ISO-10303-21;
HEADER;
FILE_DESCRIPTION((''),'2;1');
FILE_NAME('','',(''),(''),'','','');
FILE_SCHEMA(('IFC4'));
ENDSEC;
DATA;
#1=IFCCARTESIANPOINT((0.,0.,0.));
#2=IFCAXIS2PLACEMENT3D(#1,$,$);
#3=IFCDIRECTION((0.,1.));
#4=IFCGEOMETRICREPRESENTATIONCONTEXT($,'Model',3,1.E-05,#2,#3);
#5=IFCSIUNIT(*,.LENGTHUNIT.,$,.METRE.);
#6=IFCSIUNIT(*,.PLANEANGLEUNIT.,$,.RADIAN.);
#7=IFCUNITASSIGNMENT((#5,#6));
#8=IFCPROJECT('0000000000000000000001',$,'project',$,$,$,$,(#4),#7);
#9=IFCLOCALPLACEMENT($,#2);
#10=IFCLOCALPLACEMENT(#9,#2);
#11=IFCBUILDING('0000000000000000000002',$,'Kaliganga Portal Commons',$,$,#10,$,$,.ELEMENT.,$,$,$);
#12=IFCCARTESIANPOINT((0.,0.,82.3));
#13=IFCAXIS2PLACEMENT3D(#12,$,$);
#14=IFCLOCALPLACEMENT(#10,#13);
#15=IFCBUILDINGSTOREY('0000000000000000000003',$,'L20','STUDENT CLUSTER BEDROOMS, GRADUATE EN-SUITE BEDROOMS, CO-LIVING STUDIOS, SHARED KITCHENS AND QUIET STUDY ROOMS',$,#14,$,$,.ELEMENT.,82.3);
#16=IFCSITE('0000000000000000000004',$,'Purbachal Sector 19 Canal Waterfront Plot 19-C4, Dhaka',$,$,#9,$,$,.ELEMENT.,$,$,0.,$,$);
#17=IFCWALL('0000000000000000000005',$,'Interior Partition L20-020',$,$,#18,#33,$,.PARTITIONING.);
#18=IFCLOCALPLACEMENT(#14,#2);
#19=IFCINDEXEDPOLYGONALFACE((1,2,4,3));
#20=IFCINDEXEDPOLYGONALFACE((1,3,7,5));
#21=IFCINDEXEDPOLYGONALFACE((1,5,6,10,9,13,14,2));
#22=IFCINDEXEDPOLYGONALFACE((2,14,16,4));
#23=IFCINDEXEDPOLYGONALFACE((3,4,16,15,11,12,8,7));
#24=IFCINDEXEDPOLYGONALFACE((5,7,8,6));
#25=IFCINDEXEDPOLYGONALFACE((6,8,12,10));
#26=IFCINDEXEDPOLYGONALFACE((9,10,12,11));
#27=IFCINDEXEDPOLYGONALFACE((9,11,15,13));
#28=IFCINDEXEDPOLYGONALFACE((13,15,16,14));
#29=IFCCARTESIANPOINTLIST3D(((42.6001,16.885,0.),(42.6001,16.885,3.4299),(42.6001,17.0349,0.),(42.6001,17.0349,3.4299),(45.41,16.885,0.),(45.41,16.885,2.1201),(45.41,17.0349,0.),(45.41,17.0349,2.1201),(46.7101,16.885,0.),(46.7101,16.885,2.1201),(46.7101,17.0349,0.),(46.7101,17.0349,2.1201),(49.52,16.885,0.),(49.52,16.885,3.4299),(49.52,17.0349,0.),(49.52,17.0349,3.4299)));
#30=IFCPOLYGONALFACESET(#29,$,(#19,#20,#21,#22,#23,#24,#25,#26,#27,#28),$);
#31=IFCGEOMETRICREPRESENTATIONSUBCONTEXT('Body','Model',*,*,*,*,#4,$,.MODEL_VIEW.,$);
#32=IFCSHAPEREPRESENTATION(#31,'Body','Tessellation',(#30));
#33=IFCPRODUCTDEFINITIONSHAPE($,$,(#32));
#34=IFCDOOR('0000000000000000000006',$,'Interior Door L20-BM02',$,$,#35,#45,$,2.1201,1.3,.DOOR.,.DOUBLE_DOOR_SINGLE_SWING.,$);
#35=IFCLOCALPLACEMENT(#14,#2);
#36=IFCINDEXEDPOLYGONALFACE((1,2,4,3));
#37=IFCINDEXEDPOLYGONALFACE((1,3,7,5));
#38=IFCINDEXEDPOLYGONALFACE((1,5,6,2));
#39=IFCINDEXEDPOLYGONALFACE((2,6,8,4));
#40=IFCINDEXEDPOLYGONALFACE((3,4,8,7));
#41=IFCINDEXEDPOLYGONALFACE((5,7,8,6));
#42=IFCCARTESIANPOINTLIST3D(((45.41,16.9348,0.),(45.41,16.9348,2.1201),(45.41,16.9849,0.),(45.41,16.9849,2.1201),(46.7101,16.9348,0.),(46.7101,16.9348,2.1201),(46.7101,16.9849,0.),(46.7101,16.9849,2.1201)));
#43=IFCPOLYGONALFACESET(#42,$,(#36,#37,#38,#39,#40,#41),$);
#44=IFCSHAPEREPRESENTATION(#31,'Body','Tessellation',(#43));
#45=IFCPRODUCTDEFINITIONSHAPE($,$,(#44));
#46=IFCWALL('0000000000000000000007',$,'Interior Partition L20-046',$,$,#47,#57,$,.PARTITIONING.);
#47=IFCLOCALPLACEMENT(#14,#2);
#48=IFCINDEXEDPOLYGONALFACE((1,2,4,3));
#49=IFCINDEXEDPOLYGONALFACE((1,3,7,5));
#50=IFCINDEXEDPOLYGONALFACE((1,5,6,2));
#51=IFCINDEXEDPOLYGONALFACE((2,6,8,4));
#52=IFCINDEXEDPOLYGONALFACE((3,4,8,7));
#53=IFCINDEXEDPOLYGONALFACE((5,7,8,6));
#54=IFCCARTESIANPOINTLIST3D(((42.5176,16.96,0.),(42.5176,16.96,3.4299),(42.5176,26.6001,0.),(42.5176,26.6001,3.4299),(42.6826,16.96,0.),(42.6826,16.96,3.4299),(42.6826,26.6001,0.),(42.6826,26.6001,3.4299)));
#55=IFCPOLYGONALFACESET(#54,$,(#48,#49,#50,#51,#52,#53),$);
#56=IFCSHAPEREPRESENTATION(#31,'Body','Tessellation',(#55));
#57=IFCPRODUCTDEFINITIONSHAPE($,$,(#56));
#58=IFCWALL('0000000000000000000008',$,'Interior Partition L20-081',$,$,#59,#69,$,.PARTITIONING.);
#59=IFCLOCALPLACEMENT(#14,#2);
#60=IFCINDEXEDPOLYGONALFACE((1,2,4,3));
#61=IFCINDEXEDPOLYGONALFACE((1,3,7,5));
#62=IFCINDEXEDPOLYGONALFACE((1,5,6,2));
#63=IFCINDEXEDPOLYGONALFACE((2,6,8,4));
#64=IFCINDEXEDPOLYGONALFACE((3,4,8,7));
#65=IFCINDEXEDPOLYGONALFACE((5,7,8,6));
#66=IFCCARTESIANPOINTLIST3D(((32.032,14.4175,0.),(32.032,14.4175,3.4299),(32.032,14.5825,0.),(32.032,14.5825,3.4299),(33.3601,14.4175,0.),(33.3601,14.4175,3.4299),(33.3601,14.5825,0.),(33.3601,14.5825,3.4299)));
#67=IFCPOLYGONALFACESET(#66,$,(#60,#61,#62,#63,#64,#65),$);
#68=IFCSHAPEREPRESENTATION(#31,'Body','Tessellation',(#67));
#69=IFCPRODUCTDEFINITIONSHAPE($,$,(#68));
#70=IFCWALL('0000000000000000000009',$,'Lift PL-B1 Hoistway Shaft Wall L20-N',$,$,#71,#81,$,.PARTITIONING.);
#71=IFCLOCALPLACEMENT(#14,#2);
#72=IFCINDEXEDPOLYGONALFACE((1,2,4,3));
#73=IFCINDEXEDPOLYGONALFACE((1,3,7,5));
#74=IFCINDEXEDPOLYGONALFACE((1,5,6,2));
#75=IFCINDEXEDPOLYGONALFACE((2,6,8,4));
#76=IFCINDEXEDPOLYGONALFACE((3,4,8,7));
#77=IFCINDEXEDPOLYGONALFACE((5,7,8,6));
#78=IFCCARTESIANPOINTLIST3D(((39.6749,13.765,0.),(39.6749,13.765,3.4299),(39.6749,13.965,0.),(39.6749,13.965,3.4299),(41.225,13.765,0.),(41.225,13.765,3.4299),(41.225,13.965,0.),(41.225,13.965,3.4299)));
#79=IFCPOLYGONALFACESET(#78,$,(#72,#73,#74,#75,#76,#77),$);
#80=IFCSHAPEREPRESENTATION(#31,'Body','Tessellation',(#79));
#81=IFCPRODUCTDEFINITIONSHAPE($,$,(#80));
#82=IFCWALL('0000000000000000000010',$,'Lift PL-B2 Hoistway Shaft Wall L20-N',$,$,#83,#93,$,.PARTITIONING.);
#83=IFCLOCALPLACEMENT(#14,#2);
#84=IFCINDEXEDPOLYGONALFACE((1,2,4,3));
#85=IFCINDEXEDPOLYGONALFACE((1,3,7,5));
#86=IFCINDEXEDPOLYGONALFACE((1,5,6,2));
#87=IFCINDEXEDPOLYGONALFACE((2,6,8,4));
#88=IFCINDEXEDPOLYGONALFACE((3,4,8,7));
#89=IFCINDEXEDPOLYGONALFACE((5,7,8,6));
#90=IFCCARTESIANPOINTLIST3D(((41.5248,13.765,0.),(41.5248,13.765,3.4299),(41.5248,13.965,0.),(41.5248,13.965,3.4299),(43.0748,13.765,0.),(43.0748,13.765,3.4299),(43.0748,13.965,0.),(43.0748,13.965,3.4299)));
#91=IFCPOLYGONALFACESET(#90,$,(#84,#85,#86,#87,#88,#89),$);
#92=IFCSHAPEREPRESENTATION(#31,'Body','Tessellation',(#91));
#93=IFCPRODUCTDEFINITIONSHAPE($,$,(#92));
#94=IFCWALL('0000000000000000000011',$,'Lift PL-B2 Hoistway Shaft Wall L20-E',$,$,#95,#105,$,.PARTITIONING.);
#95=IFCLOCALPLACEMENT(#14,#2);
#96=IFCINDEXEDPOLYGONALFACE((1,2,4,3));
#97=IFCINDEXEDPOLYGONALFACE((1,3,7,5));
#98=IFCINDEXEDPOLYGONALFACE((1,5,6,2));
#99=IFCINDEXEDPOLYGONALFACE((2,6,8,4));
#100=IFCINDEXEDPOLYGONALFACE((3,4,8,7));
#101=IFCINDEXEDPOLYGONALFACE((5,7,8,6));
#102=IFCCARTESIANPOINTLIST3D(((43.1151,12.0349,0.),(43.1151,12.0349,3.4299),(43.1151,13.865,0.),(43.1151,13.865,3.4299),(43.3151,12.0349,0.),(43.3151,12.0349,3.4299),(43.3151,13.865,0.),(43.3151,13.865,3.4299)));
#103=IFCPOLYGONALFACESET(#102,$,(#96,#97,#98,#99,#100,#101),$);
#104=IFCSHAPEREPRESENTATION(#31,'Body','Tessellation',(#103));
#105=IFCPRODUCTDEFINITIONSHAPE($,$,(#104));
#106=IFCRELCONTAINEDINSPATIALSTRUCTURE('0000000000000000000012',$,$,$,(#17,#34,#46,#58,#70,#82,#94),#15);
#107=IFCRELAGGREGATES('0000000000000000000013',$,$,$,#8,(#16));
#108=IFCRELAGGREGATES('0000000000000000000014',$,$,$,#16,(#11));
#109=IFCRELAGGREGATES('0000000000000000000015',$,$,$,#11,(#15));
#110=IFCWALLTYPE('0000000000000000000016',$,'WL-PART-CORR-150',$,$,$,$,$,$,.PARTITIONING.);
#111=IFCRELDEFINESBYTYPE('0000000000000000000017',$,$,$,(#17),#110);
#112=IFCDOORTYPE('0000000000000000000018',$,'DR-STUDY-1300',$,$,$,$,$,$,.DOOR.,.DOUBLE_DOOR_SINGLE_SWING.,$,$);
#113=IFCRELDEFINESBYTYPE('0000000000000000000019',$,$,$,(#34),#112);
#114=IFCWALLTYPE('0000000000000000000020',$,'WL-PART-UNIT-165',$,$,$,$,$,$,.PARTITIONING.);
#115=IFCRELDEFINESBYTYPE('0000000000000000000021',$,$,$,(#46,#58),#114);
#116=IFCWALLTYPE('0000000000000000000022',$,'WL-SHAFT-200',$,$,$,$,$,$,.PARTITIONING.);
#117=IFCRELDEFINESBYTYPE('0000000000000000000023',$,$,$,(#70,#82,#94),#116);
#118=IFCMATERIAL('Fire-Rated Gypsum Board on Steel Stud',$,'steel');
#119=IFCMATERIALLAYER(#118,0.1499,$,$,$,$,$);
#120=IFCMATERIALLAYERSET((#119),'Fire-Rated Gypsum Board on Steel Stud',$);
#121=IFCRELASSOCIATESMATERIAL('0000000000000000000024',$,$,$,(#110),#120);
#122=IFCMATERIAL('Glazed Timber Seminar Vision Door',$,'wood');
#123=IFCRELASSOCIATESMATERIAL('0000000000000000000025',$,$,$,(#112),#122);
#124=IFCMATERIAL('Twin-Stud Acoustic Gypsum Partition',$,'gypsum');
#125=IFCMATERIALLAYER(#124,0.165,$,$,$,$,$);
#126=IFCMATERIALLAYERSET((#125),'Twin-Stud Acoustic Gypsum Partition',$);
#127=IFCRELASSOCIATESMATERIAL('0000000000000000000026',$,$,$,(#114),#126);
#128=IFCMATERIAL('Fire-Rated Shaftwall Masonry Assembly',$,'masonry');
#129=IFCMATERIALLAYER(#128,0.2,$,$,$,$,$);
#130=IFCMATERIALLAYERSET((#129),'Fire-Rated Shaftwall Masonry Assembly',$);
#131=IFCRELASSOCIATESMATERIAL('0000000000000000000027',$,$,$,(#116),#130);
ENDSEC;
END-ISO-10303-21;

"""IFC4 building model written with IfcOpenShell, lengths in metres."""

from ifc_helpers import new_model, si_unit, direction, frame, frame_2d, origin, place, context, subcontext, project, spatial, rectangle, extrude, material, layer, layer_set, type_object, element, fill, save


model = new_model("IFC4")

# Units and contexts
model_context = context("Model", 3, precision=1e-05, world=origin(), true_north=direction((0.0, 1.0)))
body_context = subcontext(model_context, "Body", "Model", "MODEL_VIEW")
ifc_project = project(units=[si_unit("LENGTHUNIT", "METRE"), si_unit("PLANEANGLEUNIT", "RADIAN")], contexts=[model_context])

# Site, building, storey
site_placement = place(None, origin())
site = spatial("IfcSite", under=ifc_project, at=site_placement, Name="Purbachal Sector 19 Canal Waterfront Plot 19-C4, Dhaka", CompositionType="ELEMENT", RefElevation=0.0)
building_placement = place(site_placement, origin())
building = spatial("IfcBuilding", under=site, at=building_placement, Name="Kaliganga Portal Commons", CompositionType="ELEMENT")
storey_placement = place(building_placement, frame((0.0, 0.0, 82.3)))
storey = spatial("IfcBuildingStorey", under=building, at=storey_placement, Name="L20", Description="STUDENT CLUSTER BEDROOMS, GRADUATE EN-SUITE BEDROOMS, CO-LIVING STUDIOS, SHARED KITCHENS AND QUIET STUDY ROOMS", CompositionType="ELEMENT", Elevation=82.3)

# Shared definitions
ifc_material_1 = material(Name="Fire-Rated Gypsum Board on Steel Stud", Category="steel")
ifc_layer_1 = layer(ifc_material_1, 0.1499)
ifc_layer_set_1 = layer_set([ifc_layer_1], Name="Fire-Rated Gypsum Board on Steel Stud")
wall_type_1 = type_object("IfcWallType", Name="WL-PART-CORR-150", PredefinedType="PARTITIONING", material=ifc_layer_set_1)
ifc_material_2 = material(Name="Glazed Timber Seminar Vision Door", Category="wood")
door_type_1 = type_object("IfcDoorType", Name="DR-STUDY-1300", OperationType="DOUBLE_DOOR_SINGLE_SWING", PredefinedType="DOOR", material=ifc_material_2)

# Wall, opening, door
wall_1_placement = place(storey_placement, frame((42.6001, 16.96, 0.0), z_axis=(0.0, 0.0, 1.0), x_axis=(1.0, 0.0, 0.0)))
wall_1 = element("IfcWall", 1, at=wall_1_placement, inside=storey, type_object=wall_type_1, Name="Interior Partition L20-020", PredefinedType="PARTITIONING", context=body_context, shape_type="SweptSolid", body=[
    extrude(rectangle(XDim=6.9199, YDim=0.1499, at=frame_2d((3.46, 0.0))), origin(), (0.0, 0.0, 1.0), 3.4299),
])
opening_1_placement = place(wall_1_placement, frame((2.8101, 0.0, 0.0)))
opening_1 = element("IfcOpeningElement", 2, at=opening_1_placement, cuts=wall_1, PredefinedType="OPENING", context=body_context, shape_type="SweptSolid", body=[
    extrude(rectangle(XDim=1.3, YDim=2.1201, at=frame_2d((0.6499, 1.0601))), frame((0.0, 0.085, 0.0), z_axis=(0.0, -1.0, 0.0), x_axis=(1.0, 0.0, 0.0)), (0.0, 0.0, 1.0), 0.1699),
])
door_1_placement = place(opening_1_placement, origin())
door_1 = element("IfcDoor", 3, at=door_1_placement, inside=storey, type_object=door_type_1, Name="Interior Door L20-BM02", OperationType="DOUBLE_DOOR_SINGLE_SWING", OverallHeight=2.1201, OverallWidth=1.3, PredefinedType="DOOR", context=body_context, shape_type="SweptSolid", body=[
    extrude(rectangle(XDim=1.3, YDim=2.1201, at=frame_2d((0.6499, 1.0601))), frame((0.0, 0.0249, 0.0), z_axis=(0.0, -1.0, 0.0), x_axis=(1.0, 0.0, 0.0)), (0.0, 0.0, 1.0), 0.05),
])
fill(opening_1, door_1)

# Walls
ifc_material_3 = material(Name="Twin-Stud Acoustic Gypsum Partition", Category="gypsum")
ifc_layer_2 = layer(ifc_material_3, 0.165)
ifc_layer_set_2 = layer_set([ifc_layer_2], Name="Twin-Stud Acoustic Gypsum Partition")
wall_type_2 = type_object("IfcWallType", Name="WL-PART-UNIT-165", PredefinedType="PARTITIONING", material=ifc_layer_set_2)
wall_2_placement = place(storey_placement, frame((42.6001, 16.96, 0.0), z_axis=(0.0, 0.0, 1.0), x_axis=(0.0, 1.0, 0.0)))
element("IfcWall", 4, at=wall_2_placement, inside=storey, type_object=wall_type_2, Name="Interior Partition L20-046", PredefinedType="PARTITIONING", context=body_context, shape_type="SweptSolid", body=[
    extrude(rectangle(XDim=9.6401, YDim=0.165, at=frame_2d((4.8201, 0.0))), origin(), (0.0, 0.0, 1.0), 3.4299),
])
wall_3_placement = place(storey_placement, frame((32.032, 14.5, 0.0), z_axis=(0.0, 0.0, 1.0), x_axis=(1.0, 0.0, 0.0)))
element("IfcWall", 5, at=wall_3_placement, inside=storey, type_object=wall_type_2, Name="Interior Partition L20-081", PredefinedType="PARTITIONING", context=body_context, shape_type="SweptSolid", body=[
    extrude(rectangle(XDim=1.3281, YDim=0.165, at=frame_2d((0.6641, 0.0))), origin(), (0.0, 0.0, 1.0), 3.4299),
])
ifc_material_4 = material(Name="Fire-Rated Shaftwall Masonry Assembly", Category="masonry")
ifc_layer_3 = layer(ifc_material_4, 0.2)
ifc_layer_set_3 = layer_set([ifc_layer_3], Name="Fire-Rated Shaftwall Masonry Assembly")
wall_type_3 = type_object("IfcWallType", Name="WL-SHAFT-200", PredefinedType="PARTITIONING", material=ifc_layer_set_3)
for number, where, z_axis, x_axis, name in (
    (6, (39.675, 13.865, 0.0), (0.0, 0.0, 1.0), (1.0, 0.0, 0.0), "Lift PL-B1 Hoistway Shaft Wall L20-N"),
    (7, (41.5249, 13.865, 0.0), (0.0, 0.0, 1.0), (1.0, 0.0, 0.0), "Lift PL-B2 Hoistway Shaft Wall L20-N"),
):
    element("IfcWall", number, at=place(storey_placement, frame(where, z_axis=z_axis, x_axis=x_axis)), inside=storey, type_object=wall_type_3, Name=name, PredefinedType="PARTITIONING", context=body_context, shape_type="SweptSolid", body=[
        extrude(rectangle(XDim=1.55, YDim=0.2, at=frame_2d((0.7749, 0.0))), origin(), (0.0, 0.0, 1.0), 3.4299),
    ])
wall_4_placement = place(storey_placement, frame((43.2151, 12.0349, 0.0), z_axis=(0.0, 0.0, 1.0), x_axis=(0.0, 1.0, 0.0)))
element("IfcWall", 8, at=wall_4_placement, inside=storey, type_object=wall_type_3, Name="Lift PL-B2 Hoistway Shaft Wall L20-E", PredefinedType="PARTITIONING", context=body_context, shape_type="SweptSolid", body=[
    extrude(rectangle(XDim=1.8301, YDim=0.2, at=frame_2d((0.915, 0.0))), origin(), (0.0, 0.0, 1.0), 3.4299),
])

save(model, "model.ifc")
